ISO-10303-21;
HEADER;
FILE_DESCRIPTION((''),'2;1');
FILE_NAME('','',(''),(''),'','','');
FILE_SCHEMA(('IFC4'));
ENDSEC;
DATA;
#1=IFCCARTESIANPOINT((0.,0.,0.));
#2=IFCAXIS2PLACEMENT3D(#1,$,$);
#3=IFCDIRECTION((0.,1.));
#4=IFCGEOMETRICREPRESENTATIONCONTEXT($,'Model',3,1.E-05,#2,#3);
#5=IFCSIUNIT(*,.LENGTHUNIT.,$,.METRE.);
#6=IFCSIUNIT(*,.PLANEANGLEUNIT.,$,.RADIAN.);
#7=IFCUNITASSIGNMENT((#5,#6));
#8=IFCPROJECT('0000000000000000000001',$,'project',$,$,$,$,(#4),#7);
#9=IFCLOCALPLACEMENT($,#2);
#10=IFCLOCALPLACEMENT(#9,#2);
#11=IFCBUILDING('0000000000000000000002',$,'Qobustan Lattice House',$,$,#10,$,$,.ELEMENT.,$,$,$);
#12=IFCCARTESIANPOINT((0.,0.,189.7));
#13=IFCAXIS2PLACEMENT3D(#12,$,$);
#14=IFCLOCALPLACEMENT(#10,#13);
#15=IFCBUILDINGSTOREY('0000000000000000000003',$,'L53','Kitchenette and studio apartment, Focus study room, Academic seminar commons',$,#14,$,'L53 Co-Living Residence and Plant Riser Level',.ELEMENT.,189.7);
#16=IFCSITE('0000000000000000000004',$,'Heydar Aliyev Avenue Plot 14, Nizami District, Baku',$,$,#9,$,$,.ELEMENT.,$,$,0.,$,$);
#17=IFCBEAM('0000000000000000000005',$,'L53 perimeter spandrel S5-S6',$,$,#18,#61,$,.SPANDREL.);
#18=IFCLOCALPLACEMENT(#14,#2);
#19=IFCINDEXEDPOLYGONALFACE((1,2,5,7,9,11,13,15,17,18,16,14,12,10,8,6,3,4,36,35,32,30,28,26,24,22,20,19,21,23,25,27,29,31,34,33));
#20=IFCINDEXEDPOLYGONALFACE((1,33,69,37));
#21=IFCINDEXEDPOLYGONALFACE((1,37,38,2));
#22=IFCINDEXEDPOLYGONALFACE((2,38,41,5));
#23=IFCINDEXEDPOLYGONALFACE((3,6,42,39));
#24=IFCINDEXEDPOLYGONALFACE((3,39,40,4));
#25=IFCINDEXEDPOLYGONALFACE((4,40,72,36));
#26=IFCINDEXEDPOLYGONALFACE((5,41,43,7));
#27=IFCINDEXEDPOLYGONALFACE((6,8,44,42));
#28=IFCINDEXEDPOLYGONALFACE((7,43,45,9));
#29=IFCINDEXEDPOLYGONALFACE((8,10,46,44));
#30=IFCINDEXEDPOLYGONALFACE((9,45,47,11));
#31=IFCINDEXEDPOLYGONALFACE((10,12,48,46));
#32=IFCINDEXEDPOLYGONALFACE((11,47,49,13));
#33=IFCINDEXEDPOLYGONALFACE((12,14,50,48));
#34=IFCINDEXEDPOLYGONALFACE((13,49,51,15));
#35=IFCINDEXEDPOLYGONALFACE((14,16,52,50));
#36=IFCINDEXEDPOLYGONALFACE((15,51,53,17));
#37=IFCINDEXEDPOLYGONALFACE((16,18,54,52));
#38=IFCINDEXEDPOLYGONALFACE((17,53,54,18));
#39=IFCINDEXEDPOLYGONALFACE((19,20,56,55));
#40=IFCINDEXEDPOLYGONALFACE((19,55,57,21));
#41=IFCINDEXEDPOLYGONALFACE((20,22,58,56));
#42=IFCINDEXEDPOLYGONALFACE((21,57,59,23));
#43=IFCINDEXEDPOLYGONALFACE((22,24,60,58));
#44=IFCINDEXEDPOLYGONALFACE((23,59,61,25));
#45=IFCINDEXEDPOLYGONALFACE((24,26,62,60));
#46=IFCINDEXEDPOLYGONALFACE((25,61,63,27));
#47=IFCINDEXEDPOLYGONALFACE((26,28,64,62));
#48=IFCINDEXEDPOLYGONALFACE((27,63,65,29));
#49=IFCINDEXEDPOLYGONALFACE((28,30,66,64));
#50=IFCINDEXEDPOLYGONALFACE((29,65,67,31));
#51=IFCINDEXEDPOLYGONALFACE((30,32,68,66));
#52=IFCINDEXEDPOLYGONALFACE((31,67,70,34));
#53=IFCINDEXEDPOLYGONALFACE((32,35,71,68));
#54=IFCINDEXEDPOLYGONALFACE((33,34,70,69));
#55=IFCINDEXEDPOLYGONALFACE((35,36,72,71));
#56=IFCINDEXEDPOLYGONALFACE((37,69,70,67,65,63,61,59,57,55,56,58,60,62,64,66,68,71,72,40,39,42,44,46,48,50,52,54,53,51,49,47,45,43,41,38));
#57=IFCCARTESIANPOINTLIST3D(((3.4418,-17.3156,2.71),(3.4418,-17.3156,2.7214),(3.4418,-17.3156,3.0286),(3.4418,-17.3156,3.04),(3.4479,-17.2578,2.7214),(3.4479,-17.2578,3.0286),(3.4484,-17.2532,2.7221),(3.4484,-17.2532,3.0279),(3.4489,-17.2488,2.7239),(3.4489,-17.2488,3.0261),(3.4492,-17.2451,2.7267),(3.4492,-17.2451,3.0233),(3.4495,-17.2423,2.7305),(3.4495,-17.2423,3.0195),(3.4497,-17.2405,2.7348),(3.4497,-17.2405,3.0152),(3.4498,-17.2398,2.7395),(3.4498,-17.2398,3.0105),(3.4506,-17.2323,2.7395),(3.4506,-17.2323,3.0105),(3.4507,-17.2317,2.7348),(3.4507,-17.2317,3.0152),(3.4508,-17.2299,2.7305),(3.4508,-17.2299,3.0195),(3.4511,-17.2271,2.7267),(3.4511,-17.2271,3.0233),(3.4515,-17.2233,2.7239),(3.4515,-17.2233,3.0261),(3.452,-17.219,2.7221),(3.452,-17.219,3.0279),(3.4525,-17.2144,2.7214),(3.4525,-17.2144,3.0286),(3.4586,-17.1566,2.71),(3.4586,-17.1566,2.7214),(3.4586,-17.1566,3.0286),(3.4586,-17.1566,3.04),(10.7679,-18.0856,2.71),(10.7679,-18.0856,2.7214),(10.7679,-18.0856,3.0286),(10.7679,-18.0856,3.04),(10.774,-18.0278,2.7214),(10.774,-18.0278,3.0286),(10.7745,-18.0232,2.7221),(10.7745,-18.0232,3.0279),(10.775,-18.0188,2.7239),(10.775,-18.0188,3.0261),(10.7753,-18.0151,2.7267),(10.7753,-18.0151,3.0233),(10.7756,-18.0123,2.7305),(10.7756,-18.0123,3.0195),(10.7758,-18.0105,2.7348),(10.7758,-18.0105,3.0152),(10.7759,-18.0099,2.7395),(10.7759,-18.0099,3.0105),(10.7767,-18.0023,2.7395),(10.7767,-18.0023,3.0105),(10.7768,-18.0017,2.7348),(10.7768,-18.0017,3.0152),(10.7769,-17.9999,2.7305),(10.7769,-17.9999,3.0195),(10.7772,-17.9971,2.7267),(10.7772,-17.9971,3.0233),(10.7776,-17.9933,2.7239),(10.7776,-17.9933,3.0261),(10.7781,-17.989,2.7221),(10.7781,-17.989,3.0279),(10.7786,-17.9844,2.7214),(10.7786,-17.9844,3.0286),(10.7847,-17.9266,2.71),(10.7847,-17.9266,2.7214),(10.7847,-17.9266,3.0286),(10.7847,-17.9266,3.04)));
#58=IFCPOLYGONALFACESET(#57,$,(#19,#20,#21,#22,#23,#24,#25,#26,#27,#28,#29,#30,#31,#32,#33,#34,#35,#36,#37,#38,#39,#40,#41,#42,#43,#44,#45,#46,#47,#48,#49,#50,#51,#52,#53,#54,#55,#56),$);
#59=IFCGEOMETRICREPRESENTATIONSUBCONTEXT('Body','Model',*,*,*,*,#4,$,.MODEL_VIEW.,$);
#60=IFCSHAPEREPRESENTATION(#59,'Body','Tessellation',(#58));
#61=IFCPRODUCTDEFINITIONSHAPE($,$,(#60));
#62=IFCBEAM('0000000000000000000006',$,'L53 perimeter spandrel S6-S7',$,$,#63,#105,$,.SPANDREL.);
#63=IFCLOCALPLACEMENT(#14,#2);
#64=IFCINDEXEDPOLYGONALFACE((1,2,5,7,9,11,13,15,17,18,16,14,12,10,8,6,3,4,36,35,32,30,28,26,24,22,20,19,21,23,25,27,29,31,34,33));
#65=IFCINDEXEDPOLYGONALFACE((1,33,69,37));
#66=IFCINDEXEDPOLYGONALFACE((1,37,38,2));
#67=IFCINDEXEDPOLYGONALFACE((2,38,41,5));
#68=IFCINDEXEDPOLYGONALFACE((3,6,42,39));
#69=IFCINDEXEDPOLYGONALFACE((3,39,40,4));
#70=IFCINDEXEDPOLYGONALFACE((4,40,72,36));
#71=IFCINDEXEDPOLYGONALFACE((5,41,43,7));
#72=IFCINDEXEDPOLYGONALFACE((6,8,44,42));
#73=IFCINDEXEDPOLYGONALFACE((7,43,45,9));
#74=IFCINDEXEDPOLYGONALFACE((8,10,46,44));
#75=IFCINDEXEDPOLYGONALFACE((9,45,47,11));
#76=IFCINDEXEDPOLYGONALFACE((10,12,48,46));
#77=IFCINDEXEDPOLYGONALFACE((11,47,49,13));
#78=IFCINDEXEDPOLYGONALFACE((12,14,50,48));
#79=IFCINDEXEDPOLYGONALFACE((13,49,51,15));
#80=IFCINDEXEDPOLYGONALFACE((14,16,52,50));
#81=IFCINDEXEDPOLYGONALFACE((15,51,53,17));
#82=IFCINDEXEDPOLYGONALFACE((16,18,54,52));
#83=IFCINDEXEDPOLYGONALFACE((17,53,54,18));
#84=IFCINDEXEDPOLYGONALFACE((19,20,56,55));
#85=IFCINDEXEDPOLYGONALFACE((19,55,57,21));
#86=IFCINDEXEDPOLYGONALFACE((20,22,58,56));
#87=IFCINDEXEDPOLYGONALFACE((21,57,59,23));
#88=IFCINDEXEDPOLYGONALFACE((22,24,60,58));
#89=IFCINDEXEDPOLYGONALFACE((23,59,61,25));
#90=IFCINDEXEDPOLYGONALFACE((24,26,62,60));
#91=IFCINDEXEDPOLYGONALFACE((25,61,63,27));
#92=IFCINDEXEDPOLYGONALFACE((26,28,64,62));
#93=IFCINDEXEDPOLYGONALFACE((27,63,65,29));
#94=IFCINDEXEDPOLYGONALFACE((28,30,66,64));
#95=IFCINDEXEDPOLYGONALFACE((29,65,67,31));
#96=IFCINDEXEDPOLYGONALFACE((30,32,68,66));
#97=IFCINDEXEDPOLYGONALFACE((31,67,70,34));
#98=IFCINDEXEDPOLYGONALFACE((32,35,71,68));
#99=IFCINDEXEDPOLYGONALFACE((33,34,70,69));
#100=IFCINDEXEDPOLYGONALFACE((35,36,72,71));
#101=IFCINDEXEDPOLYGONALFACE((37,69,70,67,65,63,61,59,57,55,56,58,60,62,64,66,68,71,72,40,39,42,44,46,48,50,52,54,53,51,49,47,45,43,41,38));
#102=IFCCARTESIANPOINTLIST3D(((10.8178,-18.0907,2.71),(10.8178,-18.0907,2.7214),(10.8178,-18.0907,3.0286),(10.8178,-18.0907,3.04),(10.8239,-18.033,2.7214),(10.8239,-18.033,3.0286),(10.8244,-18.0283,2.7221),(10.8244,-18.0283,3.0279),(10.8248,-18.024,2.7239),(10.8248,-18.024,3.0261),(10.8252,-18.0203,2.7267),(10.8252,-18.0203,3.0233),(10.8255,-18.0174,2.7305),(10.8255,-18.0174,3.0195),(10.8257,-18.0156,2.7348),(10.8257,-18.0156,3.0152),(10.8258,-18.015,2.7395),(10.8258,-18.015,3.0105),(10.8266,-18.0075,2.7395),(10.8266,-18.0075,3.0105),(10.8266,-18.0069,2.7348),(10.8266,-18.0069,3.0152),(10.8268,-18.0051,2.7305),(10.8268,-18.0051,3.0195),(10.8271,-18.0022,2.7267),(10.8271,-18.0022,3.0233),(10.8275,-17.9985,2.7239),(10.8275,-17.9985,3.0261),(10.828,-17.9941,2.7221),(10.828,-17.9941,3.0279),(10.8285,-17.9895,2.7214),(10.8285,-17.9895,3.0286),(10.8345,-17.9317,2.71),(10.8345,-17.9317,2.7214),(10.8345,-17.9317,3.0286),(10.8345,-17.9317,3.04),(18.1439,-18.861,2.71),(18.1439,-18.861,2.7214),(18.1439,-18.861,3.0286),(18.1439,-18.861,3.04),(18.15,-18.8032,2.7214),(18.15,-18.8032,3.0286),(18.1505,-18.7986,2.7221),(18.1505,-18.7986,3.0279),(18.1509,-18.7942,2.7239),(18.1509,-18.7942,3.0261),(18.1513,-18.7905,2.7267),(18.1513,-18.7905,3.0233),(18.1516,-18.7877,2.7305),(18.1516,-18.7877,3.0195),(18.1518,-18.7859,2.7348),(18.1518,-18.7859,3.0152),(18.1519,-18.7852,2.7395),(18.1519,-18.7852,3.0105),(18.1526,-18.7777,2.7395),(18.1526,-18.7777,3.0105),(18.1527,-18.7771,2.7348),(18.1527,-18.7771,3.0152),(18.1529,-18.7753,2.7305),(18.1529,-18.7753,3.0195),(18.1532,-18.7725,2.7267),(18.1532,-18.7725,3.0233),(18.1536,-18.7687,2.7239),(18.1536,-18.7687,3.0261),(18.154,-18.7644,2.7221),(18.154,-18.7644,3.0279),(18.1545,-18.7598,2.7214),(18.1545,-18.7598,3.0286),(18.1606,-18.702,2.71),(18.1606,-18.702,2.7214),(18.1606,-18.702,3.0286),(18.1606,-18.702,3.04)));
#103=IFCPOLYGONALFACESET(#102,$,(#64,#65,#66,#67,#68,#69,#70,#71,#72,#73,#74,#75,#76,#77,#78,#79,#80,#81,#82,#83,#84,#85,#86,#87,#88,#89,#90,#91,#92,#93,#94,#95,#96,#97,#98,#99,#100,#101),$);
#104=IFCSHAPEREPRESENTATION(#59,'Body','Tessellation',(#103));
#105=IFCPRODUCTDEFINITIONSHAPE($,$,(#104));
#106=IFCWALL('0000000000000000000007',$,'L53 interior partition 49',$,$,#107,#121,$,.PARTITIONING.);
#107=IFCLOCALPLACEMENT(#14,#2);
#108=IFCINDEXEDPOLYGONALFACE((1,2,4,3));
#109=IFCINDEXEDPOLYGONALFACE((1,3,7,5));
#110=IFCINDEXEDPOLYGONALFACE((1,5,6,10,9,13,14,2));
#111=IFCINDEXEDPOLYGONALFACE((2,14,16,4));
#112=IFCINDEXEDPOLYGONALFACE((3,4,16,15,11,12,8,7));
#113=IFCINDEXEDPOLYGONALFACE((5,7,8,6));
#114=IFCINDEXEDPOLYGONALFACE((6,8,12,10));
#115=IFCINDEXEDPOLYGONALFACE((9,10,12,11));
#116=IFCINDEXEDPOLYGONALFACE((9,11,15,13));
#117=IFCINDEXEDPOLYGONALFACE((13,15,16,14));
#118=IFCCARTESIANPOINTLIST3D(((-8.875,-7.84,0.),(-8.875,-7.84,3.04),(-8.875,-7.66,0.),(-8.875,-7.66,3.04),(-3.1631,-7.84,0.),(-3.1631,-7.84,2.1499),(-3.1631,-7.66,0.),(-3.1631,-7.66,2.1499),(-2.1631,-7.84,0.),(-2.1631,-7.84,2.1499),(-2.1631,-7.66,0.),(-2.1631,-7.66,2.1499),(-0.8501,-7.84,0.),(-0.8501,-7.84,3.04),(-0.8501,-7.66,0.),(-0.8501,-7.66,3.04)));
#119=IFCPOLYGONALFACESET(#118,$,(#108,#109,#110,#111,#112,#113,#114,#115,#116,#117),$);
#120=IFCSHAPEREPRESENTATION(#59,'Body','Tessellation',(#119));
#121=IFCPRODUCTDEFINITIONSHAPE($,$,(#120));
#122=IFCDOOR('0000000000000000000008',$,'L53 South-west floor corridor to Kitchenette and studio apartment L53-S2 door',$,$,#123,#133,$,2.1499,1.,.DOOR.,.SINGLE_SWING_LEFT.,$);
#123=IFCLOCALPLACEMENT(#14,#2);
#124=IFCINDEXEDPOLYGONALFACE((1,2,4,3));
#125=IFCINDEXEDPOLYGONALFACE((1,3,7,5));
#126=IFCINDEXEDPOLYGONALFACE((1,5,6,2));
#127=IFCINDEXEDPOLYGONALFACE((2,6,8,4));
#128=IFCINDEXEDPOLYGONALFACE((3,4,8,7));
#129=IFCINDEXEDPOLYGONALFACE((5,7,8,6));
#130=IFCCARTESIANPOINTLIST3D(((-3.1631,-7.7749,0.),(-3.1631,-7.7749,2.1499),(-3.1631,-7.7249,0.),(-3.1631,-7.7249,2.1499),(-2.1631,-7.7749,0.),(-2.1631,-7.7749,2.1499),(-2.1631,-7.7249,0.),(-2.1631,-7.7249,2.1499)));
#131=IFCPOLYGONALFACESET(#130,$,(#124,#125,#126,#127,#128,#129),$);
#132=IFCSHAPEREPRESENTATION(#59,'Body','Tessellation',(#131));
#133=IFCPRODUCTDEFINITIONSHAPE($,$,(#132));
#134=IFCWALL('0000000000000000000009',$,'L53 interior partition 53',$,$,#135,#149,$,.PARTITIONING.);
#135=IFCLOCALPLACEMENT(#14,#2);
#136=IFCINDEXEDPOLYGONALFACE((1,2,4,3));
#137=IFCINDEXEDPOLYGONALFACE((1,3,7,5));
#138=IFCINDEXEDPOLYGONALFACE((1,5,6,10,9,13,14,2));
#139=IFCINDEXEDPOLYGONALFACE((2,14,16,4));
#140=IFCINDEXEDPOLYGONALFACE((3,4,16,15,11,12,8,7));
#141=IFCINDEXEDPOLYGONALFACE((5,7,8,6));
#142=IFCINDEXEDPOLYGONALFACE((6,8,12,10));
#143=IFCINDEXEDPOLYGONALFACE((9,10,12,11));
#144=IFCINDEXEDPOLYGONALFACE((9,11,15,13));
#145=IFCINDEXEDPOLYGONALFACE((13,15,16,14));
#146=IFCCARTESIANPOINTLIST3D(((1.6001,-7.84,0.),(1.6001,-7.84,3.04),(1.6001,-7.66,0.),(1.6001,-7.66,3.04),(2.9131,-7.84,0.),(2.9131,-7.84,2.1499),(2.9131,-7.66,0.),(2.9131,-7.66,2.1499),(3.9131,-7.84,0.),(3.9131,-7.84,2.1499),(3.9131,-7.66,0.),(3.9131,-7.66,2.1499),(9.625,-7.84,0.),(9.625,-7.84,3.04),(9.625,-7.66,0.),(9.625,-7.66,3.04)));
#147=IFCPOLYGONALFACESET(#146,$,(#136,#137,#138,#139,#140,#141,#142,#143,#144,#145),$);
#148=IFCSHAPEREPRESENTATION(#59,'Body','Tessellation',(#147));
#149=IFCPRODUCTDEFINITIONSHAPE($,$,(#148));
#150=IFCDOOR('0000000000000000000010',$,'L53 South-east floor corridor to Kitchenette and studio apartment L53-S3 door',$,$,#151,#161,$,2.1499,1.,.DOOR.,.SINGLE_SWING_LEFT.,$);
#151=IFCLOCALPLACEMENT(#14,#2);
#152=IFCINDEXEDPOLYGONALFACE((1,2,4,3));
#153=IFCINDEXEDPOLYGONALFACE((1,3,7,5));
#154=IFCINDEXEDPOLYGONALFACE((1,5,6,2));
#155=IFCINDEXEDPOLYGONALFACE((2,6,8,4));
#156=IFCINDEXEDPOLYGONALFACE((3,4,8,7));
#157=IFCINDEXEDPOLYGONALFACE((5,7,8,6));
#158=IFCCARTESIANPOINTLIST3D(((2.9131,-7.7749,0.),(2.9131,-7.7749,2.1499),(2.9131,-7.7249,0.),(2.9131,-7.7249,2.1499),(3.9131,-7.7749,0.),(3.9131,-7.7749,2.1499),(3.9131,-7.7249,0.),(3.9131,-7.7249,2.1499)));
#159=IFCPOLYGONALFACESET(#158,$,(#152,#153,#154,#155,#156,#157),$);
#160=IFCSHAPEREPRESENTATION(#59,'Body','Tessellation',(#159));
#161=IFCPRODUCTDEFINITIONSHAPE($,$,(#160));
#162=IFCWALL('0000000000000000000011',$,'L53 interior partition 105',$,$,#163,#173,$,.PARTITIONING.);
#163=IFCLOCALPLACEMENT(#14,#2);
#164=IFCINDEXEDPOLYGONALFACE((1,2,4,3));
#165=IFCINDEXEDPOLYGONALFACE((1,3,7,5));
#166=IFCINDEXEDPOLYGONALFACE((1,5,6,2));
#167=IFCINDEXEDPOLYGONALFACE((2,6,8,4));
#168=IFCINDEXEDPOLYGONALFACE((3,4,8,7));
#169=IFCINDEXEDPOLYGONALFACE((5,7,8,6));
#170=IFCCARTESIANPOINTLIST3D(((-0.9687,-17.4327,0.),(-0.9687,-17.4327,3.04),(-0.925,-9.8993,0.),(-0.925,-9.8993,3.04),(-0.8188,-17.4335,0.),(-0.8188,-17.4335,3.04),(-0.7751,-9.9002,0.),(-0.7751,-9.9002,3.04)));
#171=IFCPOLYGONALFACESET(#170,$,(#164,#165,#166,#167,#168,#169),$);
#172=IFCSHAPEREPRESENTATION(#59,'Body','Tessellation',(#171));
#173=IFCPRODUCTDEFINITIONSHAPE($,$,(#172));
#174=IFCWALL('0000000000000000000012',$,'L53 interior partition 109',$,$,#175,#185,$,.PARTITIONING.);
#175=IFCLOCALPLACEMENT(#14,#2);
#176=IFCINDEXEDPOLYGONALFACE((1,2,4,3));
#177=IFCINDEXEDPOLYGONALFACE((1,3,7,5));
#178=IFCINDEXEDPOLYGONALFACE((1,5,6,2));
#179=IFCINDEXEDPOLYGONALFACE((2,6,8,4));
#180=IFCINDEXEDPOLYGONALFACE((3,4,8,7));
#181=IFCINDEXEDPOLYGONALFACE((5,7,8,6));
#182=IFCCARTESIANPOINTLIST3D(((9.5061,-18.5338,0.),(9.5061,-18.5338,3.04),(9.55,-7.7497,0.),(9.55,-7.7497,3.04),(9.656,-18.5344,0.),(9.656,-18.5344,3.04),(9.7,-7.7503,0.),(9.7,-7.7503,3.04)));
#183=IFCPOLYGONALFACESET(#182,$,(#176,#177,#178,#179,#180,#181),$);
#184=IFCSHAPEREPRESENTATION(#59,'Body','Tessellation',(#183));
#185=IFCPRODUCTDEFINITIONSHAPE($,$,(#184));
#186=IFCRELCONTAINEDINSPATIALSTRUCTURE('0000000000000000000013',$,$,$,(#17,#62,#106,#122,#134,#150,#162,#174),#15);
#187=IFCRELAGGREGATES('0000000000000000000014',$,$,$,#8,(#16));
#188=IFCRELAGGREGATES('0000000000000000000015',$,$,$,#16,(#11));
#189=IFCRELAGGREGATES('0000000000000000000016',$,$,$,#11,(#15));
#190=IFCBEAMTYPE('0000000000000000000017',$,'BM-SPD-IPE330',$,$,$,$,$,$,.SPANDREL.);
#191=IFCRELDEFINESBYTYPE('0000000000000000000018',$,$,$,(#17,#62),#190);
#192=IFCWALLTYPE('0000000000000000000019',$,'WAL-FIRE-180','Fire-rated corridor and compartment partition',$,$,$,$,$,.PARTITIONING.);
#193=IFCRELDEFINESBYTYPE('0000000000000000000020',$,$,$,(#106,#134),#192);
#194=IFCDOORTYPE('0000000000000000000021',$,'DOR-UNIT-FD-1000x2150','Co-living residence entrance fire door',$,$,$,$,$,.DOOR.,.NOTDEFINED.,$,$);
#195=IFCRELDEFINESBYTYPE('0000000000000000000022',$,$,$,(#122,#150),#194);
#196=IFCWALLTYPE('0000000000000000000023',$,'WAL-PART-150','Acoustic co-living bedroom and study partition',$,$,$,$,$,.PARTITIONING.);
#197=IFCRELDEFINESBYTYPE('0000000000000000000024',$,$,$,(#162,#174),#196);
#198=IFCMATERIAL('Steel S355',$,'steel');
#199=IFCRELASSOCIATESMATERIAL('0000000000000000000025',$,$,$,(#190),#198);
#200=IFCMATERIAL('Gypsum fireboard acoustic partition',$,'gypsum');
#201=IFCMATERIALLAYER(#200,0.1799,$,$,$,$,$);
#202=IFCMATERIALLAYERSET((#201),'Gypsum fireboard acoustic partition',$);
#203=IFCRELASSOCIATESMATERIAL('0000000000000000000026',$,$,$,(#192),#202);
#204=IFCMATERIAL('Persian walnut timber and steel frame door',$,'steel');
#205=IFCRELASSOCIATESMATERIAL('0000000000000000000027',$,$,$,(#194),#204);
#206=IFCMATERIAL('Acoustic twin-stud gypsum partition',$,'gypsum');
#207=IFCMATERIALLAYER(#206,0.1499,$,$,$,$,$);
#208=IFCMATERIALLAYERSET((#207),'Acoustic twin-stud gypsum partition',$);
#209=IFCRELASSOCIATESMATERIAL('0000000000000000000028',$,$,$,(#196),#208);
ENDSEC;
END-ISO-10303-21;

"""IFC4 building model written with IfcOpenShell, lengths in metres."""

from ifc_helpers import new_model, si_unit, direction, frame, frame_2d, origin, origin_2d, place, context, subcontext, project, spatial, rectangle, i_section, extrude, material, layer, layer_set, material_profile, profile_set, type_object, element, fill, save


model = new_model("IFC4")

# Units and contexts
model_context = context("Model", 3, precision=1e-05, world=origin(), true_north=direction((0.0, 1.0)))
body_context = subcontext(model_context, "Body", "Model", "MODEL_VIEW")
ifc_project = project(units=[si_unit("LENGTHUNIT", "METRE"), si_unit("PLANEANGLEUNIT", "RADIAN")], contexts=[model_context])

# Site, building, storey
site_placement = place(None, origin())
site = spatial("IfcSite", under=ifc_project, at=site_placement, Name="Heydar Aliyev Avenue Plot 14, Nizami District, Baku", CompositionType="ELEMENT", RefElevation=0.0)
building_placement = place(site_placement, origin())
building = spatial("IfcBuilding", under=site, at=building_placement, Name="Qobustan Lattice House", CompositionType="ELEMENT")
storey_placement = place(building_placement, frame((0.0, 0.0, 189.7)))
storey = spatial("IfcBuildingStorey", under=building, at=storey_placement, Name="L53", Description="Kitchenette and studio apartment, Focus study room, Academic seminar commons", LongName="L53 Co-Living Residence and Plant Riser Level", CompositionType="ELEMENT", Elevation=189.7)

# Beams
ifc_material_1 = material(Name="Steel S355", Category="steel")
ifc_material_profile_1 = material_profile(ifc_material_1, i_section(OverallWidth=0.1599, OverallDepth=0.3301, WebThickness=0.0076, FlangeThickness=0.0115, FilletRadius=0.0181, at=origin_2d()), Name="IPE330")
ifc_profile_set_1 = profile_set([ifc_material_profile_1], Name="Steel S355")
beam_type_1 = type_object("IfcBeamType", Name="BM-SPD-IPE330", PredefinedType="SPANDREL", material=ifc_profile_set_1)
for number, where, z_axis, x_axis, name in (
    (1, (3.4502, -17.2361, 2.875), (0.994522, -0.10453, 0.0), (0.10453, 0.994522, 0.0), "L53 perimeter spandrel S5-S6"),
    (2, (10.8262, -18.0112, 2.875), (0.994518, -0.104562, 0.0), (0.104562, 0.994518, 0.0), "L53 perimeter spandrel S6-S7"),
):
    element("IfcBeam", number, at=place(storey_placement, frame(where, z_axis=z_axis, x_axis=x_axis)), inside=storey, type_object=beam_type_1, Name=name, PredefinedType="SPANDREL", context=body_context, shape_type="SweptSolid", body=[
        extrude(i_section(OverallWidth=0.1599, OverallDepth=0.3301, WebThickness=0.0076, FlangeThickness=0.0115, FilletRadius=0.0181, at=origin_2d()), origin(), (0.0, 0.0, 1.0), 7.3665),
    ])

# Walls, openings, doors
ifc_material_2 = material(Name="Gypsum fireboard acoustic partition", Category="gypsum")
ifc_layer_1 = layer(ifc_material_2, 0.1799)
ifc_layer_set_1 = layer_set([ifc_layer_1], Name="Gypsum fireboard acoustic partition")
wall_type_1 = type_object("IfcWallType", Name="WAL-FIRE-180", Description="Fire-rated corridor and compartment partition", PredefinedType="PARTITIONING", material=ifc_layer_set_1)
wall_1_placement = place(storey_placement, frame((-0.8501, -7.75, 0.0), z_axis=(0.0, 0.0, 1.0), x_axis=(-1.0, 0.0, 0.0)))
wall_1 = element("IfcWall", 3, at=wall_1_placement, inside=storey, type_object=wall_type_1, Name="L53 interior partition 49", PredefinedType="PARTITIONING", context=body_context, shape_type="SweptSolid", body=[
    extrude(rectangle(XDim=8.0249, YDim=0.1799, at=frame_2d((4.0125, 0.0))), origin(), (0.0, 0.0, 1.0), 3.04),
])
opening_1_placement = place(wall_1_placement, frame((1.313, 0.0, 0.0)))
opening_1 = element("IfcOpeningElement", 4, at=opening_1_placement, cuts=wall_1, PredefinedType="OPENING", context=body_context, shape_type="SweptSolid", body=[
    extrude(rectangle(XDim=1.0, YDim=2.1499, at=frame_2d((0.5, 1.075))), frame((0.0, 0.0999, 0.0), z_axis=(0.0, -1.0, 0.0), x_axis=(1.0, 0.0, 0.0)), (0.0, 0.0, 1.0), 0.2),
])
ifc_material_3 = material(Name="Persian walnut timber and steel frame door", Category="steel")
door_type_1 = type_object("IfcDoorType", Name="DOR-UNIT-FD-1000x2150", Description="Co-living residence entrance fire door", OperationType="NOTDEFINED", PredefinedType="DOOR", material=ifc_material_3)
door_1_placement = place(opening_1_placement, origin())
door_1 = element("IfcDoor", 5, at=door_1_placement, inside=storey, type_object=door_type_1, Name="L53 South-west floor corridor to Kitchenette and studio apartment L53-S2 door", OperationType="SINGLE_SWING_LEFT", OverallHeight=2.1499, OverallWidth=1.0, PredefinedType="DOOR", context=body_context, shape_type="SweptSolid", body=[
    extrude(rectangle(XDim=1.0, YDim=2.1499, at=frame_2d((0.5, 1.075))), frame((0.0, 0.0249, 0.0), z_axis=(0.0, -1.0, 0.0), x_axis=(1.0, 0.0, 0.0)), (0.0, 0.0, 1.0), 0.05),
])
fill(opening_1, door_1)
wall_2_placement = place(storey_placement, frame((9.625, -7.75, 0.0), z_axis=(0.0, 0.0, 1.0), x_axis=(-1.0, 0.0, 0.0)))
wall_2 = element("IfcWall", 6, at=wall_2_placement, inside=storey, type_object=wall_type_1, Name="L53 interior partition 53", PredefinedType="PARTITIONING", context=body_context, shape_type="SweptSolid", body=[
    extrude(rectangle(XDim=8.0249, YDim=0.1799, at=frame_2d((4.0125, 0.0))), origin(), (0.0, 0.0, 1.0), 3.04),
])
opening_2_placement = place(wall_2_placement, frame((5.7119, 0.0, 0.0)))
opening_2 = element("IfcOpeningElement", 7, at=opening_2_placement, cuts=wall_2, PredefinedType="OPENING", context=body_context, shape_type="SweptSolid", body=[
    extrude(rectangle(XDim=1.0, YDim=2.1499, at=frame_2d((0.5, 1.075))), frame((0.0, 0.0999, 0.0), z_axis=(0.0, -1.0, 0.0), x_axis=(1.0, 0.0, 0.0)), (0.0, 0.0, 1.0), 0.2),
])
door_2_placement = place(opening_2_placement, origin())
door_2 = element("IfcDoor", 8, at=door_2_placement, inside=storey, type_object=door_type_1, Name="L53 South-east floor corridor to Kitchenette and studio apartment L53-S3 door", OperationType="SINGLE_SWING_LEFT", OverallHeight=2.1499, OverallWidth=1.0, PredefinedType="DOOR", context=body_context, shape_type="SweptSolid", body=[
    extrude(rectangle(XDim=1.0, YDim=2.1499, at=frame_2d((0.5, 1.075))), frame((0.0, 0.0249, 0.0), z_axis=(0.0, -1.0, 0.0), x_axis=(1.0, 0.0, 0.0)), (0.0, 0.0, 1.0), 0.05),
])
fill(opening_2, door_2)

# Walls
ifc_material_4 = material(Name="Acoustic twin-stud gypsum partition", Category="gypsum")
ifc_layer_2 = layer(ifc_material_4, 0.1499)
ifc_layer_set_2 = layer_set([ifc_layer_2], Name="Acoustic twin-stud gypsum partition")
wall_type_2 = type_object("IfcWallType", Name="WAL-PART-150", Description="Acoustic co-living bedroom and study partition", PredefinedType="PARTITIONING", material=ifc_layer_set_2)
wall_3_placement = place(storey_placement, frame((-0.8501, -9.8999, 0.0), z_axis=(0.0, 0.0, 1.0), x_axis=(-0.005801, -0.999983, 0.0)))
element("IfcWall", 9, at=wall_3_placement, inside=storey, type_object=wall_type_2, Name="L53 interior partition 105", PredefinedType="PARTITIONING", context=body_context, shape_type="SweptSolid", body=[
    extrude(rectangle(XDim=7.5334, YDim=0.1499, at=frame_2d((3.7666, 0.0))), origin(), (0.0, 0.0, 1.0), 3.04),
])
wall_4_placement = place(storey_placement, frame((9.625, -7.75, 0.0), z_axis=(0.0, 0.0, 1.0), x_axis=(-0.004075, -0.999992, 0.0)))
element("IfcWall", 10, at=wall_4_placement, inside=storey, type_object=wall_type_2, Name="L53 interior partition 109", PredefinedType="PARTITIONING", context=body_context, shape_type="SweptSolid", body=[
    extrude(rectangle(XDim=10.7842, YDim=0.1499, at=frame_2d((5.3921, 0.0))), origin(), (0.0, 0.0, 1.0), 3.04),
])

save(model, "model.ifc")
